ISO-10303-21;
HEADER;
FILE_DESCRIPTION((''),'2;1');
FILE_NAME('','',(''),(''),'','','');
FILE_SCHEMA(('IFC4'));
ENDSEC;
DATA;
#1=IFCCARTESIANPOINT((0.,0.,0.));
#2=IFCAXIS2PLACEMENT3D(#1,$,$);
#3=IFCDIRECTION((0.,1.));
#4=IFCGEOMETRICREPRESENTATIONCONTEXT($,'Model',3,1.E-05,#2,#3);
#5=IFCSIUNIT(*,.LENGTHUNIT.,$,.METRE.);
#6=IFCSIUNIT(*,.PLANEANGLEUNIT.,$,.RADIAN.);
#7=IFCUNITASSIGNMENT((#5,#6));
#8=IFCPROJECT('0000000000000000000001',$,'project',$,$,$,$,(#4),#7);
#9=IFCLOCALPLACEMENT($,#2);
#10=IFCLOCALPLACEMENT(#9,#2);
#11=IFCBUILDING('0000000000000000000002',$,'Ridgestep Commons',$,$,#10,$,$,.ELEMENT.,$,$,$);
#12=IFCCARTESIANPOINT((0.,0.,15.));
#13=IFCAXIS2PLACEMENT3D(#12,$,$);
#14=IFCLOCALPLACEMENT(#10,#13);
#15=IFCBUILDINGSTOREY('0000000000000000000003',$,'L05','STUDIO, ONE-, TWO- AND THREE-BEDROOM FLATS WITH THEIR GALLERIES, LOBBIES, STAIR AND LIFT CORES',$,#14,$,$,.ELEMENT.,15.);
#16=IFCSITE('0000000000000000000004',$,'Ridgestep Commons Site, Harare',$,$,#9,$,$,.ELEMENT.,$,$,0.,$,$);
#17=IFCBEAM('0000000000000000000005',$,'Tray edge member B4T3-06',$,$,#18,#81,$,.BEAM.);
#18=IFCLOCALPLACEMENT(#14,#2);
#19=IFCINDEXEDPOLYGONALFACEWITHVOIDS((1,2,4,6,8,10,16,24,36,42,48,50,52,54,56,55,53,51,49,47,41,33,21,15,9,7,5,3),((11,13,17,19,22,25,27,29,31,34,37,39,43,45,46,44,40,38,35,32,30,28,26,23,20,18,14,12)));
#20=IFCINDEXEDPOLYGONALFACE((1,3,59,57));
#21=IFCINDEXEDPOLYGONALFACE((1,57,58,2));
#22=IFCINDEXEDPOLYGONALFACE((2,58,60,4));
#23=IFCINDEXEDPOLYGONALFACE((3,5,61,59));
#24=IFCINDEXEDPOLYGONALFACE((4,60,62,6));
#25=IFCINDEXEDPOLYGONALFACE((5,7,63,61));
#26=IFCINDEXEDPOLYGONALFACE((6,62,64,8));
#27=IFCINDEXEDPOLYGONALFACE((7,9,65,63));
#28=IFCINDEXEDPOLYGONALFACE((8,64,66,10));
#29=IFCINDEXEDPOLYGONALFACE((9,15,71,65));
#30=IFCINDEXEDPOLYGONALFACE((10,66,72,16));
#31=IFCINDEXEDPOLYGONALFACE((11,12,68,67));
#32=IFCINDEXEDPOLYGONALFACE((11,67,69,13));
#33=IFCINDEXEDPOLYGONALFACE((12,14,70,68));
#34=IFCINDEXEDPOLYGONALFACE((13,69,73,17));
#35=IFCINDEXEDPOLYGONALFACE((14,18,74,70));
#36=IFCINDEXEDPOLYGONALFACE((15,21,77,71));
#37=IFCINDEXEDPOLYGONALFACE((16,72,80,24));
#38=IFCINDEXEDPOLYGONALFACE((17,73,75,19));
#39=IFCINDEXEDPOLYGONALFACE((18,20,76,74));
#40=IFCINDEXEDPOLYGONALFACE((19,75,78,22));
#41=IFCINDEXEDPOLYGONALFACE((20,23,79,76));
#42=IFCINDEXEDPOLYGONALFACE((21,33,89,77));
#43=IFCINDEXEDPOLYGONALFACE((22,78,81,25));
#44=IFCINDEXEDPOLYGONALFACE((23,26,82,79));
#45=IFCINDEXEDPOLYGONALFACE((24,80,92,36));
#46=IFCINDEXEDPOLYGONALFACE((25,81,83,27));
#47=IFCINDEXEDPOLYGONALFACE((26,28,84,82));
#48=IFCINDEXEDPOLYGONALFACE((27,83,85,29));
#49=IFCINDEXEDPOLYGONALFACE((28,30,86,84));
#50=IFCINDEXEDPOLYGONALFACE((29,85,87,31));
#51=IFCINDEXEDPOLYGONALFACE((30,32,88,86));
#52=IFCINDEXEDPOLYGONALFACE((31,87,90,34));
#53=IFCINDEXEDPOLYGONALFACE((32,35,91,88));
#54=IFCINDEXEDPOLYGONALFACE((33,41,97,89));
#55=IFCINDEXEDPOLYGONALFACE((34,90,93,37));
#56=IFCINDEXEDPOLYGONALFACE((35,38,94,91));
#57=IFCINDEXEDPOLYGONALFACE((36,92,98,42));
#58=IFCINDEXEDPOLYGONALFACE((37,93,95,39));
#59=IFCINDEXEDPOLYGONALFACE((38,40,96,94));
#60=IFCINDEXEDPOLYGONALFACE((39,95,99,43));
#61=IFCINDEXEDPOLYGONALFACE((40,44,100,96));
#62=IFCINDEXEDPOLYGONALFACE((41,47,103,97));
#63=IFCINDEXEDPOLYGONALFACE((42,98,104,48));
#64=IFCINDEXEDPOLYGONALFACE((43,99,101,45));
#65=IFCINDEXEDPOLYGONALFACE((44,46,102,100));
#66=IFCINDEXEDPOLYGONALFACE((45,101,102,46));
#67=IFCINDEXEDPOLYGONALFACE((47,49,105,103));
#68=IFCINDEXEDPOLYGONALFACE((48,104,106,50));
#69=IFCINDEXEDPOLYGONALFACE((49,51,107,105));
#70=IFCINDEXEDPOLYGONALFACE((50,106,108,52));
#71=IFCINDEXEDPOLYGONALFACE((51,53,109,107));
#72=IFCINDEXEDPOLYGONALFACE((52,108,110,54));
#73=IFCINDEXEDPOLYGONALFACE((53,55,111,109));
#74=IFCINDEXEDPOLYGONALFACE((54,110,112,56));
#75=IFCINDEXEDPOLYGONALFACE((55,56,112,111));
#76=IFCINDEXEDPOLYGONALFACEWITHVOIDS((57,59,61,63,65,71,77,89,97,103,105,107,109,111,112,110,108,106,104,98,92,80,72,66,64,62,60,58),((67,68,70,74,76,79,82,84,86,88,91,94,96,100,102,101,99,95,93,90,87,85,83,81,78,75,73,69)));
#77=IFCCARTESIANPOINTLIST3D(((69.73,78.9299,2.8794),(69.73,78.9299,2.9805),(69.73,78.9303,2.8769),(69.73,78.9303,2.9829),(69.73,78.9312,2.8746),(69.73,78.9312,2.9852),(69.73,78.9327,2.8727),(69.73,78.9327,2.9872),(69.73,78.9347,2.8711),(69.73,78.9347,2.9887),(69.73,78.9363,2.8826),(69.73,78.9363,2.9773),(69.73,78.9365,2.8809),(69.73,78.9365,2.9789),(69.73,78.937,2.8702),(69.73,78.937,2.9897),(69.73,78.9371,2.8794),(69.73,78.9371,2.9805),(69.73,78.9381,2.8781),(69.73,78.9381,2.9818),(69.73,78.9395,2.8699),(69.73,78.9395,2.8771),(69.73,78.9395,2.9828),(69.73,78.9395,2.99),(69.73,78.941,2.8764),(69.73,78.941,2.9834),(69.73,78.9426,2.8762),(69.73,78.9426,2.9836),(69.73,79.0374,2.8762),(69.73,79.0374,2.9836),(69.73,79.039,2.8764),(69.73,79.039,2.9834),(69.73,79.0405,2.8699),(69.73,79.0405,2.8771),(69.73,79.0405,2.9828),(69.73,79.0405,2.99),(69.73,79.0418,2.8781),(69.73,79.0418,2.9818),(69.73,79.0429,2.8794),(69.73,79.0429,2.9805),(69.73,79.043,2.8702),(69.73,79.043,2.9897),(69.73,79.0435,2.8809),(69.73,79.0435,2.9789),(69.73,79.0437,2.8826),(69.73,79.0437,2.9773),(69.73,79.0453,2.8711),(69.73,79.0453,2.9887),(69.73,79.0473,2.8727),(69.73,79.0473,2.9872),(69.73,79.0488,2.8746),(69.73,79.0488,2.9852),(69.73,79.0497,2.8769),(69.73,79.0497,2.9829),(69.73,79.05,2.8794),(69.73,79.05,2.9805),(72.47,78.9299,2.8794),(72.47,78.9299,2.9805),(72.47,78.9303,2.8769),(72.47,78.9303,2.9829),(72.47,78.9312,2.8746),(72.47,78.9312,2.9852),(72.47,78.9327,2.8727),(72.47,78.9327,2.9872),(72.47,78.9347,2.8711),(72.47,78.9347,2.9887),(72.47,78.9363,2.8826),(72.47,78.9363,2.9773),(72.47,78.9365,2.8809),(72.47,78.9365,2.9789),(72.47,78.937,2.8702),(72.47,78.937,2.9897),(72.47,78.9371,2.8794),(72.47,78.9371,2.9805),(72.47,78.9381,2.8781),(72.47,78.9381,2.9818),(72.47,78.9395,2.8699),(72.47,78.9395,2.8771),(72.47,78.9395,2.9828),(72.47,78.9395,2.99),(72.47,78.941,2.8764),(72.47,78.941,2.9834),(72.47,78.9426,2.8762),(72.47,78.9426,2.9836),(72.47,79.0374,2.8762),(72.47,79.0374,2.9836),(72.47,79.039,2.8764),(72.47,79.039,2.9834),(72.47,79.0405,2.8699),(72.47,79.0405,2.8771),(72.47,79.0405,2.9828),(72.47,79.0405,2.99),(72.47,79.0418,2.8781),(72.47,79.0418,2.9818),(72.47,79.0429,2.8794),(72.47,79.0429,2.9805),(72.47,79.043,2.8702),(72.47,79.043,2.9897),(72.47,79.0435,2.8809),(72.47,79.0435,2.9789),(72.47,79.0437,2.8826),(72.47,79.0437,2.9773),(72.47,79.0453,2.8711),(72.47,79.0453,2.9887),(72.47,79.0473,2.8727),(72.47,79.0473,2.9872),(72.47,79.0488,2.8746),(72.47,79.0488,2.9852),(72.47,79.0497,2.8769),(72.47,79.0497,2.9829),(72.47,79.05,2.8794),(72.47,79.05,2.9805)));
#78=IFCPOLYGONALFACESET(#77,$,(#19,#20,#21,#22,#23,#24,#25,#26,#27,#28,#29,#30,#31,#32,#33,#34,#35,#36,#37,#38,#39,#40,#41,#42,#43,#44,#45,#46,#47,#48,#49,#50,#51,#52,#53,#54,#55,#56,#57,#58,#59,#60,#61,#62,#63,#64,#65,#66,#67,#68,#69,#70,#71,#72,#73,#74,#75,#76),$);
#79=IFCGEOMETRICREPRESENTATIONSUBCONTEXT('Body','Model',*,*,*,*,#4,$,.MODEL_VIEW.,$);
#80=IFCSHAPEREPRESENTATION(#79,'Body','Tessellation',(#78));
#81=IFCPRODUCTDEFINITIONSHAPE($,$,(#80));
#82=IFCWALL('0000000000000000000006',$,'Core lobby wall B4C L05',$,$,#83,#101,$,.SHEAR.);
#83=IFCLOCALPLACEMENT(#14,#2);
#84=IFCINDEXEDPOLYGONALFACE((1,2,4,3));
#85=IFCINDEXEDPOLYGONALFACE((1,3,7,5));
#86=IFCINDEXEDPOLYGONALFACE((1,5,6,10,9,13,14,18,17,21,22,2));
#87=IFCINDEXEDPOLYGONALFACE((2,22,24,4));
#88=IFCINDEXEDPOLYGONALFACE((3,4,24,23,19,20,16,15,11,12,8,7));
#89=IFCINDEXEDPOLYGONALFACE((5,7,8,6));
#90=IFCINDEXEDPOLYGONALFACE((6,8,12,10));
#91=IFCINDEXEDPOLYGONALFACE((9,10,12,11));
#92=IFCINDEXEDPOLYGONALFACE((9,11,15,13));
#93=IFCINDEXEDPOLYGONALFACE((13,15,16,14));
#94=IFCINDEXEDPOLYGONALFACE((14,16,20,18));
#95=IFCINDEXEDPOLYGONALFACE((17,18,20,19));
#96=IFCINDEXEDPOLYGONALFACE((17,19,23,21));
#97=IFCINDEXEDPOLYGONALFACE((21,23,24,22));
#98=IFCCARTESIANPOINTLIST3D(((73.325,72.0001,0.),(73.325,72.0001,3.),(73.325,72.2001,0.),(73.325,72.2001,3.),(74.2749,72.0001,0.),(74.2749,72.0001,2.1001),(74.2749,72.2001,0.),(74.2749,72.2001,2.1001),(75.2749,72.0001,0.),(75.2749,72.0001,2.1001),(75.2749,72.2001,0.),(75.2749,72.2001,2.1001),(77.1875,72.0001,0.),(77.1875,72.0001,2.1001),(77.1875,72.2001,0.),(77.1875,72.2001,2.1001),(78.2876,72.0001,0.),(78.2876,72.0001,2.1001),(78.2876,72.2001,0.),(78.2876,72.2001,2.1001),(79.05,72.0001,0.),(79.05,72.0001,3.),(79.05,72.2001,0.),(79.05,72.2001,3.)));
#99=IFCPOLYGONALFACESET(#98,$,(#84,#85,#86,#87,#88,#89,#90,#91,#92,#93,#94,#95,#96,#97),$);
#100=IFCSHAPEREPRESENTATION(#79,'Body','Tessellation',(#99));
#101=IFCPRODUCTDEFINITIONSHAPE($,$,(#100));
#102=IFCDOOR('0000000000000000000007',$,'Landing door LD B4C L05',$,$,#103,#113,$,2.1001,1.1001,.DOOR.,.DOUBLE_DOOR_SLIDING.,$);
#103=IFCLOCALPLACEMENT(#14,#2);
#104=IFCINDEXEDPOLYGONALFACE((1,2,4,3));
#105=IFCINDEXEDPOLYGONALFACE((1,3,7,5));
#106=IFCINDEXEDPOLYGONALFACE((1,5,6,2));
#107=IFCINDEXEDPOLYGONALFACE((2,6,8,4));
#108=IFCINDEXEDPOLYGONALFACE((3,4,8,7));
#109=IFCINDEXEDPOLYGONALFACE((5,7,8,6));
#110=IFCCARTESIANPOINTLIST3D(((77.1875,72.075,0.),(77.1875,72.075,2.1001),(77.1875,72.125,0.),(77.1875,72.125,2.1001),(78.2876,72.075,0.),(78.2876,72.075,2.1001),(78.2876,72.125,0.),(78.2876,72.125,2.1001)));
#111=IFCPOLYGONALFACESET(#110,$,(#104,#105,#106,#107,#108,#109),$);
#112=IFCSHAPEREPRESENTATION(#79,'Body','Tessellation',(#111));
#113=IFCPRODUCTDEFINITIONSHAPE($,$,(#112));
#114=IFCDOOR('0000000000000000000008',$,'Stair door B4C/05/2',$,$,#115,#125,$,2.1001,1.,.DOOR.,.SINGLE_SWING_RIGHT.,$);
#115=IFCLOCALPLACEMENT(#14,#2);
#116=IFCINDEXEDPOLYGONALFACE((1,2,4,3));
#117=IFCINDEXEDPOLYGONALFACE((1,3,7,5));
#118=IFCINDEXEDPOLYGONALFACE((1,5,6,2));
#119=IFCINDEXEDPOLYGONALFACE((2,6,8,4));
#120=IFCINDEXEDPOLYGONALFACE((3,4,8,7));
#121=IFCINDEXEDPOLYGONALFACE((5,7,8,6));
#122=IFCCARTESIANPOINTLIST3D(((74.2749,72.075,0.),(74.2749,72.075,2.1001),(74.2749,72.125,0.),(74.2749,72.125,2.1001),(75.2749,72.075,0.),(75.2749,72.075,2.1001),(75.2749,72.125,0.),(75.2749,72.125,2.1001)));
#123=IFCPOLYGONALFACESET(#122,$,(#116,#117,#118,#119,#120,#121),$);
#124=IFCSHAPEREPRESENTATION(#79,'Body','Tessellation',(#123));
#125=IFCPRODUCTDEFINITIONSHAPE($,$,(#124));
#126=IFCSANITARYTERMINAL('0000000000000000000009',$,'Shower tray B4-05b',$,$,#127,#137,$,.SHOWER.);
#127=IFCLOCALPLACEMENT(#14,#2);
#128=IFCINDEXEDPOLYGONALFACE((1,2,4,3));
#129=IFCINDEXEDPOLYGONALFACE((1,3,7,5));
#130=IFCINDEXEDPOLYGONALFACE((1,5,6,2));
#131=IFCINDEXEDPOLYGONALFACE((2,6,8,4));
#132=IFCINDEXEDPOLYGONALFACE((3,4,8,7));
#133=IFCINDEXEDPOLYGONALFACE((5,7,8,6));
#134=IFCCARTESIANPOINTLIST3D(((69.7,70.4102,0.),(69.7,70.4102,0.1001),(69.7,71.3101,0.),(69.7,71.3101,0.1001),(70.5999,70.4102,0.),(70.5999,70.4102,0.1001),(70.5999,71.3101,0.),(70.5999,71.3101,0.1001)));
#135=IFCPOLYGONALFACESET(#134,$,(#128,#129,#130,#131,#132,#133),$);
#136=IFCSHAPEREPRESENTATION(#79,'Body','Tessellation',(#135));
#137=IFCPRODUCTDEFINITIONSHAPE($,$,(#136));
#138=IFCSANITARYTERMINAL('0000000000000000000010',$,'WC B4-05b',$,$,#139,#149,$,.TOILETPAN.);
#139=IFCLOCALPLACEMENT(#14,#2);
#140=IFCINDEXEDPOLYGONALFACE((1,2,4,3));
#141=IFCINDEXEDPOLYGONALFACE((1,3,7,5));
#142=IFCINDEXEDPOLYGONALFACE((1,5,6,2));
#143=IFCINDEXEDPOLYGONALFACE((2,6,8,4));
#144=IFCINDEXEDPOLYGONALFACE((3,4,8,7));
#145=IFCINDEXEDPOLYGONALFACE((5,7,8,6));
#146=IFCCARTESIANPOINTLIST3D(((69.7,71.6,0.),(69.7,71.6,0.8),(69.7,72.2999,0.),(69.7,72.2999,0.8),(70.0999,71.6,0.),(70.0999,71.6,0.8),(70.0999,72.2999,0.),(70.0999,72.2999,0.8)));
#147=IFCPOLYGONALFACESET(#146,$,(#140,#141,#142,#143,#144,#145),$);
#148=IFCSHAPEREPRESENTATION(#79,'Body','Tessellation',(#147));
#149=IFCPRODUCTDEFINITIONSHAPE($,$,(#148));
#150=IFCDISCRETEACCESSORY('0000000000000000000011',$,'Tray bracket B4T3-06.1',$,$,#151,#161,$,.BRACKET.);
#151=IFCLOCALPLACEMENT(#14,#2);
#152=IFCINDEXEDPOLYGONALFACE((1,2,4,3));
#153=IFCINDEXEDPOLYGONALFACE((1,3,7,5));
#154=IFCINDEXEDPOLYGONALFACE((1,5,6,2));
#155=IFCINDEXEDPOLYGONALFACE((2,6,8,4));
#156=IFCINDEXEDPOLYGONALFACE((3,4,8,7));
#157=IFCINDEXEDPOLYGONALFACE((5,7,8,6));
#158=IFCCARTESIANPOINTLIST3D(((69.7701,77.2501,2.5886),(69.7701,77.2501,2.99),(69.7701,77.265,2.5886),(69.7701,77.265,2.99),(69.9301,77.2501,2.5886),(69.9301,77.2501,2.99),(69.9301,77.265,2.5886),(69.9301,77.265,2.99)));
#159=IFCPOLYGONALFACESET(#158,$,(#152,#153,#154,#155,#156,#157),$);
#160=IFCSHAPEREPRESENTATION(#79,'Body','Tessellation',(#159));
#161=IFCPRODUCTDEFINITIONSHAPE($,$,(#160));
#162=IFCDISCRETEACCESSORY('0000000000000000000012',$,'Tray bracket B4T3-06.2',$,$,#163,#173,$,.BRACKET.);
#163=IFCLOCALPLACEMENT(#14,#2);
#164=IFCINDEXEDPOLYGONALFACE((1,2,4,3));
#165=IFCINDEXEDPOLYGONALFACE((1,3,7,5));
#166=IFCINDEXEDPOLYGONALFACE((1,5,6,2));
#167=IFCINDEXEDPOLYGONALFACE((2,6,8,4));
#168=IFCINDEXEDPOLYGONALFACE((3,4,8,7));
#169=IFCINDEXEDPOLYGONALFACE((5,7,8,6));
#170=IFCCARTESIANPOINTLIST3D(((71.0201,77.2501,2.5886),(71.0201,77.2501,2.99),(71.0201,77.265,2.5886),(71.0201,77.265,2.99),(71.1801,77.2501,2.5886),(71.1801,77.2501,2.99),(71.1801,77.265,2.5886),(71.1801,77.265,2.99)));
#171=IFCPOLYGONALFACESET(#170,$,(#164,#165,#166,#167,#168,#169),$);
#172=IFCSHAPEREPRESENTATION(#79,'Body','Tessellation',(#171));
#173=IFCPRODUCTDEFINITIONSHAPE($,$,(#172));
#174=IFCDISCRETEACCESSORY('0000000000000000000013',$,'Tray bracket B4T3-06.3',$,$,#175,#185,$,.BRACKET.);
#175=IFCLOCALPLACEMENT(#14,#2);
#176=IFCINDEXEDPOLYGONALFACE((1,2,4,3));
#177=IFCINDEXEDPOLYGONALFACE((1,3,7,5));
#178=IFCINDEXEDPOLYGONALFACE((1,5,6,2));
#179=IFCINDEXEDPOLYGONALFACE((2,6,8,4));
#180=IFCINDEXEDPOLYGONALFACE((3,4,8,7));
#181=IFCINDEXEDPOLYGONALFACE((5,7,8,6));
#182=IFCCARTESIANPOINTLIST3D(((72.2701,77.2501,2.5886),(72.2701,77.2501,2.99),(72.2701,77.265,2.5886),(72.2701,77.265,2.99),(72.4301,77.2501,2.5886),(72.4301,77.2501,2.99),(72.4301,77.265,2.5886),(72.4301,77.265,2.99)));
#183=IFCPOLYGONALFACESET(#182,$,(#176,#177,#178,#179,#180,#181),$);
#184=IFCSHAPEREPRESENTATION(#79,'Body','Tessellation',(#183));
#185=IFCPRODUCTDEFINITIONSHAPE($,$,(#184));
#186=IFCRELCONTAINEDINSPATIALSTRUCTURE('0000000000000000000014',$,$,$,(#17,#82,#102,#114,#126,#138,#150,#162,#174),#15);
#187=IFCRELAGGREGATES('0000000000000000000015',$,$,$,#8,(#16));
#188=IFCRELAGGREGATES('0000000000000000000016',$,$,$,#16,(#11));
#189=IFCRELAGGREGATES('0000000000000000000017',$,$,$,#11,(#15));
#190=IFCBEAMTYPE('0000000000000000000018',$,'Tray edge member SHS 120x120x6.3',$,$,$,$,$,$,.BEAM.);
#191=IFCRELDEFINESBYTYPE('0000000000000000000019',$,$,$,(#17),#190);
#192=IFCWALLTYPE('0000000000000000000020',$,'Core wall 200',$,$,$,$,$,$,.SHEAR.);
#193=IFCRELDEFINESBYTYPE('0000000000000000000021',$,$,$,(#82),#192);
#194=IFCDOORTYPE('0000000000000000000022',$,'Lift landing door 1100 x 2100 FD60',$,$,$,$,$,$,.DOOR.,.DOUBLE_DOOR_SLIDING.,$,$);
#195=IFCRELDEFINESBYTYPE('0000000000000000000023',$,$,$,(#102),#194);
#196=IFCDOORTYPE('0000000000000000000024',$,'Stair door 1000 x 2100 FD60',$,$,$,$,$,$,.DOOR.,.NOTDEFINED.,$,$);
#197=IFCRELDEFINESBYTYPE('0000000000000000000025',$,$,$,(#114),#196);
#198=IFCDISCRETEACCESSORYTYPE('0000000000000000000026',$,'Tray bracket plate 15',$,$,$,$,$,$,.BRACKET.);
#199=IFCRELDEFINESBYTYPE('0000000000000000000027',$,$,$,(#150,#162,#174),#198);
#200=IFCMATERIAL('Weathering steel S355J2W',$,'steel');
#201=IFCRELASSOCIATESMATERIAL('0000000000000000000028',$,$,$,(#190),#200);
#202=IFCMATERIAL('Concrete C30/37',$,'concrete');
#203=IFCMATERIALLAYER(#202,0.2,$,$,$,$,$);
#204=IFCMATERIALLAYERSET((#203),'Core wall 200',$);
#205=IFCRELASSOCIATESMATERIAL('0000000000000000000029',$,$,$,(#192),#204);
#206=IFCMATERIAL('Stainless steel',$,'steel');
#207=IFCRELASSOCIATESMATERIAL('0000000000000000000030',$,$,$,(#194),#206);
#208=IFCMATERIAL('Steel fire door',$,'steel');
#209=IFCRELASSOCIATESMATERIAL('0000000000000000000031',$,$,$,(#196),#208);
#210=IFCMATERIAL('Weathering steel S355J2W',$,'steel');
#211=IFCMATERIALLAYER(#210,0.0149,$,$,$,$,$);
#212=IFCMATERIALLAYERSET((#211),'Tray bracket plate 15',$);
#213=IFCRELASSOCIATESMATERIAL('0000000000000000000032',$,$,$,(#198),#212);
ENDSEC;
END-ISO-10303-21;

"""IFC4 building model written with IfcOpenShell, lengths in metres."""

from ifc_helpers import new_model, si_unit, direction, frame, frame_2d, origin, origin_2d, place, context, subcontext, project, spatial, rectangle, hollow_rectangle, extrude, material, layer, layer_set, material_profile, profile_set, type_object, element, fill, save


model = new_model("IFC4")

# Units and contexts
model_context = context("Model", 3, precision=1e-05, world=origin(), true_north=direction((0.0, 1.0)))
body_context = subcontext(model_context, "Body", "Model", "MODEL_VIEW")
ifc_project = project(units=[si_unit("LENGTHUNIT", "METRE"), si_unit("PLANEANGLEUNIT", "RADIAN")], contexts=[model_context])

# Site, building, storey
site_placement = place(None, origin())
site = spatial("IfcSite", under=ifc_project, at=site_placement, Name="Ridgestep Commons Site, Harare", CompositionType="ELEMENT", RefElevation=0.0)
building_placement = place(site_placement, origin())
building = spatial("IfcBuilding", under=site, at=building_placement, Name="Ridgestep Commons", CompositionType="ELEMENT")
storey_placement = place(building_placement, frame((0.0, 0.0, 15.0)))
storey = spatial("IfcBuildingStorey", under=building, at=storey_placement, Name="L05", Description="STUDIO, ONE-, TWO- AND THREE-BEDROOM FLATS WITH THEIR GALLERIES, LOBBIES, STAIR AND LIFT CORES", CompositionType="ELEMENT", Elevation=15.0)

# Beam
ifc_material_1 = material(Name="Weathering steel S355J2W", Category="steel")
ifc_material_profile_1 = material_profile(ifc_material_1, hollow_rectangle(XDim=0.1201, YDim=0.1201, WallThickness=0.0063, InnerFilletRadius=0.0063, OuterFilletRadius=0.0095, at=origin_2d()), Name="SHS 120x120x6.3")
ifc_profile_set_1 = profile_set([ifc_material_profile_1], Name="Weathering steel S355J2W")
beam_type_1 = type_object("IfcBeamType", Name="Tray edge member SHS 120x120x6.3", PredefinedType="BEAM", material=ifc_profile_set_1)
beam_placement = place(storey_placement, frame((69.73, 78.99, 2.9299), z_axis=(1.0, 0.0, 0.0), x_axis=(0.0, 0.0, 1.0)))
element("IfcBeam", 1, at=beam_placement, inside=storey, type_object=beam_type_1, Name="Tray edge member B4T3-06", PredefinedType="BEAM", context=body_context, shape_type="SweptSolid", body=[
    extrude(hollow_rectangle(XDim=0.1201, YDim=0.1201, WallThickness=0.0063, InnerFilletRadius=0.0063, OuterFilletRadius=0.0095, at=origin_2d()), origin(), (0.0, 0.0, 1.0), 2.74),
])

# Wall, openings, doors
ifc_material_2 = material(Name="Concrete C30/37", Category="concrete")
ifc_layer_1 = layer(ifc_material_2, 0.2)
ifc_layer_set_1 = layer_set([ifc_layer_1], Name="Core wall 200")
wall_type = type_object("IfcWallType", Name="Core wall 200", PredefinedType="SHEAR", material=ifc_layer_set_1)
wall_placement = place(storey_placement, frame((73.325, 72.1001, 0.0), z_axis=(0.0, 0.0, 1.0), x_axis=(1.0, 0.0, 0.0)))
wall = element("IfcWall", 2, at=wall_placement, inside=storey, type_object=wall_type, Name="Core lobby wall B4C L05", PredefinedType="SHEAR", context=body_context, shape_type="SweptSolid", body=[
    extrude(rectangle(XDim=5.7251, YDim=0.2, at=frame_2d((2.8625, 0.0))), origin(), (0.0, 0.0, 1.0), 3.0),
])
opening_1_placement = place(wall_placement, frame((0.95, 0.0, 0.0)))
opening_1 = element("IfcOpeningElement", 3, at=opening_1_placement, cuts=wall, PredefinedType="OPENING", context=body_context, shape_type="SweptSolid", body=[
    extrude(rectangle(XDim=1.0, YDim=2.1001, at=frame_2d((0.5, 1.05))), frame((0.0, 0.1099, 0.0), z_axis=(0.0, -1.0, 0.0), x_axis=(1.0, 0.0, 0.0)), (0.0, 0.0, 1.0), 0.22),
])
opening_2_placement = place(wall_placement, frame((3.8625, 0.0, 0.0)))
opening_2 = element("IfcOpeningElement", 4, at=opening_2_placement, cuts=wall, PredefinedType="OPENING", context=body_context, shape_type="SweptSolid", body=[
    extrude(rectangle(XDim=1.1001, YDim=2.1001, at=frame_2d((0.55, 1.05))), frame((0.0, 0.1099, 0.0), z_axis=(0.0, -1.0, 0.0), x_axis=(1.0, 0.0, 0.0)), (0.0, 0.0, 1.0), 0.22),
])
ifc_material_3 = material(Name="Stainless steel", Category="steel")
door_type_1 = type_object("IfcDoorType", Name="Lift landing door 1100 x 2100 FD60", OperationType="DOUBLE_DOOR_SLIDING", PredefinedType="DOOR", material=ifc_material_3)
door_1_placement = place(opening_2_placement, origin())
door_1 = element("IfcDoor", 5, at=door_1_placement, inside=storey, type_object=door_type_1, Name="Landing door LD B4C L05", OperationType="DOUBLE_DOOR_SLIDING", OverallHeight=2.1001, OverallWidth=1.1001, PredefinedType="DOOR", context=body_context, shape_type="SweptSolid", body=[
    extrude(rectangle(XDim=1.1001, YDim=2.1001, at=frame_2d((0.55, 1.05))), frame((0.0, 0.0249, 0.0), z_axis=(0.0, -1.0, 0.0), x_axis=(1.0, 0.0, 0.0)), (0.0, 0.0, 1.0), 0.05),
])
fill(opening_2, door_1)
ifc_material_4 = material(Name="Steel fire door", Category="steel")
door_type_2 = type_object("IfcDoorType", Name="Stair door 1000 x 2100 FD60", OperationType="NOTDEFINED", PredefinedType="DOOR", material=ifc_material_4)
door_2_placement = place(opening_1_placement, origin())
door_2 = element("IfcDoor", 6, at=door_2_placement, inside=storey, type_object=door_type_2, Name="Stair door B4C/05/2", OperationType="SINGLE_SWING_RIGHT", OverallHeight=2.1001, OverallWidth=1.0, PredefinedType="DOOR", context=body_context, shape_type="SweptSolid", body=[
    extrude(rectangle(XDim=1.0, YDim=2.1001, at=frame_2d((0.5, 1.05))), frame((0.0, 0.0249, 0.0), z_axis=(0.0, -1.0, 0.0), x_axis=(1.0, 0.0, 0.0)), (0.0, 0.0, 1.0), 0.05),
])
fill(opening_1, door_2)

# Sanitary terminals
sanitary_terminal_1_placement = place(storey_placement, frame((70.1499, 70.8601, 0.0), z_axis=(0.0, 0.0, 1.0), x_axis=(1.0, 0.0, 0.0)))
element("IfcSanitaryTerminal", 7, at=sanitary_terminal_1_placement, inside=storey, Name="Shower tray B4-05b", PredefinedType="SHOWER", context=body_context, shape_type="SweptSolid", body=[
    extrude(rectangle(XDim=0.8999, YDim=0.8999, at=origin_2d()), origin(), (0.0, 0.0, 1.0), 0.1001),
])
sanitary_terminal_2_placement = place(storey_placement, frame((69.8999, 71.95, 0.0), z_axis=(0.0, 0.0, 1.0), x_axis=(1.0, 0.0, 0.0)))
element("IfcSanitaryTerminal", 8, at=sanitary_terminal_2_placement, inside=storey, Name="WC B4-05b", PredefinedType="TOILETPAN", context=body_context, shape_type="SweptSolid", body=[
    extrude(rectangle(XDim=0.3999, YDim=0.7, at=origin_2d()), origin(), (0.0, 0.0, 1.0), 0.8),
])

# Discrete accessories
ifc_material_5 = material(Name="Weathering steel S355J2W", Category="steel")
ifc_layer_2 = layer(ifc_material_5, 0.0149)
ifc_layer_set_2 = layer_set([ifc_layer_2], Name="Tray bracket plate 15")
discrete_accessory_type_1 = type_object("IfcDiscreteAccessoryType", Name="Tray bracket plate 15", PredefinedType="BRACKET", material=ifc_layer_set_2)
for number, where, z_axis, x_axis, name in (
    (9, (69.8501, 77.2576, 2.5886), (0.0, 0.0, 1.0), (1.0, 0.0, 0.0), "Tray bracket B4T3-06.1"),
    (10, (71.1001, 77.2576, 2.5886), (0.0, 0.0, 1.0), (1.0, 0.0, 0.0), "Tray bracket B4T3-06.2"),
    (11, (72.3501, 77.2576, 2.5886), (0.0, 0.0, 1.0), (1.0, 0.0, 0.0), "Tray bracket B4T3-06.3"),
):
    element("IfcDiscreteAccessory", number, at=place(storey_placement, frame(where, z_axis=z_axis, x_axis=x_axis)), inside=storey, type_object=discrete_accessory_type_1, Name=name, PredefinedType="BRACKET", context=body_context, shape_type="SweptSolid", body=[
        extrude(rectangle(XDim=0.1599, YDim=0.0149, at=origin_2d()), origin(), (0.0, 0.0, 1.0), 0.4014),
    ])

save(model, "model.ifc")
